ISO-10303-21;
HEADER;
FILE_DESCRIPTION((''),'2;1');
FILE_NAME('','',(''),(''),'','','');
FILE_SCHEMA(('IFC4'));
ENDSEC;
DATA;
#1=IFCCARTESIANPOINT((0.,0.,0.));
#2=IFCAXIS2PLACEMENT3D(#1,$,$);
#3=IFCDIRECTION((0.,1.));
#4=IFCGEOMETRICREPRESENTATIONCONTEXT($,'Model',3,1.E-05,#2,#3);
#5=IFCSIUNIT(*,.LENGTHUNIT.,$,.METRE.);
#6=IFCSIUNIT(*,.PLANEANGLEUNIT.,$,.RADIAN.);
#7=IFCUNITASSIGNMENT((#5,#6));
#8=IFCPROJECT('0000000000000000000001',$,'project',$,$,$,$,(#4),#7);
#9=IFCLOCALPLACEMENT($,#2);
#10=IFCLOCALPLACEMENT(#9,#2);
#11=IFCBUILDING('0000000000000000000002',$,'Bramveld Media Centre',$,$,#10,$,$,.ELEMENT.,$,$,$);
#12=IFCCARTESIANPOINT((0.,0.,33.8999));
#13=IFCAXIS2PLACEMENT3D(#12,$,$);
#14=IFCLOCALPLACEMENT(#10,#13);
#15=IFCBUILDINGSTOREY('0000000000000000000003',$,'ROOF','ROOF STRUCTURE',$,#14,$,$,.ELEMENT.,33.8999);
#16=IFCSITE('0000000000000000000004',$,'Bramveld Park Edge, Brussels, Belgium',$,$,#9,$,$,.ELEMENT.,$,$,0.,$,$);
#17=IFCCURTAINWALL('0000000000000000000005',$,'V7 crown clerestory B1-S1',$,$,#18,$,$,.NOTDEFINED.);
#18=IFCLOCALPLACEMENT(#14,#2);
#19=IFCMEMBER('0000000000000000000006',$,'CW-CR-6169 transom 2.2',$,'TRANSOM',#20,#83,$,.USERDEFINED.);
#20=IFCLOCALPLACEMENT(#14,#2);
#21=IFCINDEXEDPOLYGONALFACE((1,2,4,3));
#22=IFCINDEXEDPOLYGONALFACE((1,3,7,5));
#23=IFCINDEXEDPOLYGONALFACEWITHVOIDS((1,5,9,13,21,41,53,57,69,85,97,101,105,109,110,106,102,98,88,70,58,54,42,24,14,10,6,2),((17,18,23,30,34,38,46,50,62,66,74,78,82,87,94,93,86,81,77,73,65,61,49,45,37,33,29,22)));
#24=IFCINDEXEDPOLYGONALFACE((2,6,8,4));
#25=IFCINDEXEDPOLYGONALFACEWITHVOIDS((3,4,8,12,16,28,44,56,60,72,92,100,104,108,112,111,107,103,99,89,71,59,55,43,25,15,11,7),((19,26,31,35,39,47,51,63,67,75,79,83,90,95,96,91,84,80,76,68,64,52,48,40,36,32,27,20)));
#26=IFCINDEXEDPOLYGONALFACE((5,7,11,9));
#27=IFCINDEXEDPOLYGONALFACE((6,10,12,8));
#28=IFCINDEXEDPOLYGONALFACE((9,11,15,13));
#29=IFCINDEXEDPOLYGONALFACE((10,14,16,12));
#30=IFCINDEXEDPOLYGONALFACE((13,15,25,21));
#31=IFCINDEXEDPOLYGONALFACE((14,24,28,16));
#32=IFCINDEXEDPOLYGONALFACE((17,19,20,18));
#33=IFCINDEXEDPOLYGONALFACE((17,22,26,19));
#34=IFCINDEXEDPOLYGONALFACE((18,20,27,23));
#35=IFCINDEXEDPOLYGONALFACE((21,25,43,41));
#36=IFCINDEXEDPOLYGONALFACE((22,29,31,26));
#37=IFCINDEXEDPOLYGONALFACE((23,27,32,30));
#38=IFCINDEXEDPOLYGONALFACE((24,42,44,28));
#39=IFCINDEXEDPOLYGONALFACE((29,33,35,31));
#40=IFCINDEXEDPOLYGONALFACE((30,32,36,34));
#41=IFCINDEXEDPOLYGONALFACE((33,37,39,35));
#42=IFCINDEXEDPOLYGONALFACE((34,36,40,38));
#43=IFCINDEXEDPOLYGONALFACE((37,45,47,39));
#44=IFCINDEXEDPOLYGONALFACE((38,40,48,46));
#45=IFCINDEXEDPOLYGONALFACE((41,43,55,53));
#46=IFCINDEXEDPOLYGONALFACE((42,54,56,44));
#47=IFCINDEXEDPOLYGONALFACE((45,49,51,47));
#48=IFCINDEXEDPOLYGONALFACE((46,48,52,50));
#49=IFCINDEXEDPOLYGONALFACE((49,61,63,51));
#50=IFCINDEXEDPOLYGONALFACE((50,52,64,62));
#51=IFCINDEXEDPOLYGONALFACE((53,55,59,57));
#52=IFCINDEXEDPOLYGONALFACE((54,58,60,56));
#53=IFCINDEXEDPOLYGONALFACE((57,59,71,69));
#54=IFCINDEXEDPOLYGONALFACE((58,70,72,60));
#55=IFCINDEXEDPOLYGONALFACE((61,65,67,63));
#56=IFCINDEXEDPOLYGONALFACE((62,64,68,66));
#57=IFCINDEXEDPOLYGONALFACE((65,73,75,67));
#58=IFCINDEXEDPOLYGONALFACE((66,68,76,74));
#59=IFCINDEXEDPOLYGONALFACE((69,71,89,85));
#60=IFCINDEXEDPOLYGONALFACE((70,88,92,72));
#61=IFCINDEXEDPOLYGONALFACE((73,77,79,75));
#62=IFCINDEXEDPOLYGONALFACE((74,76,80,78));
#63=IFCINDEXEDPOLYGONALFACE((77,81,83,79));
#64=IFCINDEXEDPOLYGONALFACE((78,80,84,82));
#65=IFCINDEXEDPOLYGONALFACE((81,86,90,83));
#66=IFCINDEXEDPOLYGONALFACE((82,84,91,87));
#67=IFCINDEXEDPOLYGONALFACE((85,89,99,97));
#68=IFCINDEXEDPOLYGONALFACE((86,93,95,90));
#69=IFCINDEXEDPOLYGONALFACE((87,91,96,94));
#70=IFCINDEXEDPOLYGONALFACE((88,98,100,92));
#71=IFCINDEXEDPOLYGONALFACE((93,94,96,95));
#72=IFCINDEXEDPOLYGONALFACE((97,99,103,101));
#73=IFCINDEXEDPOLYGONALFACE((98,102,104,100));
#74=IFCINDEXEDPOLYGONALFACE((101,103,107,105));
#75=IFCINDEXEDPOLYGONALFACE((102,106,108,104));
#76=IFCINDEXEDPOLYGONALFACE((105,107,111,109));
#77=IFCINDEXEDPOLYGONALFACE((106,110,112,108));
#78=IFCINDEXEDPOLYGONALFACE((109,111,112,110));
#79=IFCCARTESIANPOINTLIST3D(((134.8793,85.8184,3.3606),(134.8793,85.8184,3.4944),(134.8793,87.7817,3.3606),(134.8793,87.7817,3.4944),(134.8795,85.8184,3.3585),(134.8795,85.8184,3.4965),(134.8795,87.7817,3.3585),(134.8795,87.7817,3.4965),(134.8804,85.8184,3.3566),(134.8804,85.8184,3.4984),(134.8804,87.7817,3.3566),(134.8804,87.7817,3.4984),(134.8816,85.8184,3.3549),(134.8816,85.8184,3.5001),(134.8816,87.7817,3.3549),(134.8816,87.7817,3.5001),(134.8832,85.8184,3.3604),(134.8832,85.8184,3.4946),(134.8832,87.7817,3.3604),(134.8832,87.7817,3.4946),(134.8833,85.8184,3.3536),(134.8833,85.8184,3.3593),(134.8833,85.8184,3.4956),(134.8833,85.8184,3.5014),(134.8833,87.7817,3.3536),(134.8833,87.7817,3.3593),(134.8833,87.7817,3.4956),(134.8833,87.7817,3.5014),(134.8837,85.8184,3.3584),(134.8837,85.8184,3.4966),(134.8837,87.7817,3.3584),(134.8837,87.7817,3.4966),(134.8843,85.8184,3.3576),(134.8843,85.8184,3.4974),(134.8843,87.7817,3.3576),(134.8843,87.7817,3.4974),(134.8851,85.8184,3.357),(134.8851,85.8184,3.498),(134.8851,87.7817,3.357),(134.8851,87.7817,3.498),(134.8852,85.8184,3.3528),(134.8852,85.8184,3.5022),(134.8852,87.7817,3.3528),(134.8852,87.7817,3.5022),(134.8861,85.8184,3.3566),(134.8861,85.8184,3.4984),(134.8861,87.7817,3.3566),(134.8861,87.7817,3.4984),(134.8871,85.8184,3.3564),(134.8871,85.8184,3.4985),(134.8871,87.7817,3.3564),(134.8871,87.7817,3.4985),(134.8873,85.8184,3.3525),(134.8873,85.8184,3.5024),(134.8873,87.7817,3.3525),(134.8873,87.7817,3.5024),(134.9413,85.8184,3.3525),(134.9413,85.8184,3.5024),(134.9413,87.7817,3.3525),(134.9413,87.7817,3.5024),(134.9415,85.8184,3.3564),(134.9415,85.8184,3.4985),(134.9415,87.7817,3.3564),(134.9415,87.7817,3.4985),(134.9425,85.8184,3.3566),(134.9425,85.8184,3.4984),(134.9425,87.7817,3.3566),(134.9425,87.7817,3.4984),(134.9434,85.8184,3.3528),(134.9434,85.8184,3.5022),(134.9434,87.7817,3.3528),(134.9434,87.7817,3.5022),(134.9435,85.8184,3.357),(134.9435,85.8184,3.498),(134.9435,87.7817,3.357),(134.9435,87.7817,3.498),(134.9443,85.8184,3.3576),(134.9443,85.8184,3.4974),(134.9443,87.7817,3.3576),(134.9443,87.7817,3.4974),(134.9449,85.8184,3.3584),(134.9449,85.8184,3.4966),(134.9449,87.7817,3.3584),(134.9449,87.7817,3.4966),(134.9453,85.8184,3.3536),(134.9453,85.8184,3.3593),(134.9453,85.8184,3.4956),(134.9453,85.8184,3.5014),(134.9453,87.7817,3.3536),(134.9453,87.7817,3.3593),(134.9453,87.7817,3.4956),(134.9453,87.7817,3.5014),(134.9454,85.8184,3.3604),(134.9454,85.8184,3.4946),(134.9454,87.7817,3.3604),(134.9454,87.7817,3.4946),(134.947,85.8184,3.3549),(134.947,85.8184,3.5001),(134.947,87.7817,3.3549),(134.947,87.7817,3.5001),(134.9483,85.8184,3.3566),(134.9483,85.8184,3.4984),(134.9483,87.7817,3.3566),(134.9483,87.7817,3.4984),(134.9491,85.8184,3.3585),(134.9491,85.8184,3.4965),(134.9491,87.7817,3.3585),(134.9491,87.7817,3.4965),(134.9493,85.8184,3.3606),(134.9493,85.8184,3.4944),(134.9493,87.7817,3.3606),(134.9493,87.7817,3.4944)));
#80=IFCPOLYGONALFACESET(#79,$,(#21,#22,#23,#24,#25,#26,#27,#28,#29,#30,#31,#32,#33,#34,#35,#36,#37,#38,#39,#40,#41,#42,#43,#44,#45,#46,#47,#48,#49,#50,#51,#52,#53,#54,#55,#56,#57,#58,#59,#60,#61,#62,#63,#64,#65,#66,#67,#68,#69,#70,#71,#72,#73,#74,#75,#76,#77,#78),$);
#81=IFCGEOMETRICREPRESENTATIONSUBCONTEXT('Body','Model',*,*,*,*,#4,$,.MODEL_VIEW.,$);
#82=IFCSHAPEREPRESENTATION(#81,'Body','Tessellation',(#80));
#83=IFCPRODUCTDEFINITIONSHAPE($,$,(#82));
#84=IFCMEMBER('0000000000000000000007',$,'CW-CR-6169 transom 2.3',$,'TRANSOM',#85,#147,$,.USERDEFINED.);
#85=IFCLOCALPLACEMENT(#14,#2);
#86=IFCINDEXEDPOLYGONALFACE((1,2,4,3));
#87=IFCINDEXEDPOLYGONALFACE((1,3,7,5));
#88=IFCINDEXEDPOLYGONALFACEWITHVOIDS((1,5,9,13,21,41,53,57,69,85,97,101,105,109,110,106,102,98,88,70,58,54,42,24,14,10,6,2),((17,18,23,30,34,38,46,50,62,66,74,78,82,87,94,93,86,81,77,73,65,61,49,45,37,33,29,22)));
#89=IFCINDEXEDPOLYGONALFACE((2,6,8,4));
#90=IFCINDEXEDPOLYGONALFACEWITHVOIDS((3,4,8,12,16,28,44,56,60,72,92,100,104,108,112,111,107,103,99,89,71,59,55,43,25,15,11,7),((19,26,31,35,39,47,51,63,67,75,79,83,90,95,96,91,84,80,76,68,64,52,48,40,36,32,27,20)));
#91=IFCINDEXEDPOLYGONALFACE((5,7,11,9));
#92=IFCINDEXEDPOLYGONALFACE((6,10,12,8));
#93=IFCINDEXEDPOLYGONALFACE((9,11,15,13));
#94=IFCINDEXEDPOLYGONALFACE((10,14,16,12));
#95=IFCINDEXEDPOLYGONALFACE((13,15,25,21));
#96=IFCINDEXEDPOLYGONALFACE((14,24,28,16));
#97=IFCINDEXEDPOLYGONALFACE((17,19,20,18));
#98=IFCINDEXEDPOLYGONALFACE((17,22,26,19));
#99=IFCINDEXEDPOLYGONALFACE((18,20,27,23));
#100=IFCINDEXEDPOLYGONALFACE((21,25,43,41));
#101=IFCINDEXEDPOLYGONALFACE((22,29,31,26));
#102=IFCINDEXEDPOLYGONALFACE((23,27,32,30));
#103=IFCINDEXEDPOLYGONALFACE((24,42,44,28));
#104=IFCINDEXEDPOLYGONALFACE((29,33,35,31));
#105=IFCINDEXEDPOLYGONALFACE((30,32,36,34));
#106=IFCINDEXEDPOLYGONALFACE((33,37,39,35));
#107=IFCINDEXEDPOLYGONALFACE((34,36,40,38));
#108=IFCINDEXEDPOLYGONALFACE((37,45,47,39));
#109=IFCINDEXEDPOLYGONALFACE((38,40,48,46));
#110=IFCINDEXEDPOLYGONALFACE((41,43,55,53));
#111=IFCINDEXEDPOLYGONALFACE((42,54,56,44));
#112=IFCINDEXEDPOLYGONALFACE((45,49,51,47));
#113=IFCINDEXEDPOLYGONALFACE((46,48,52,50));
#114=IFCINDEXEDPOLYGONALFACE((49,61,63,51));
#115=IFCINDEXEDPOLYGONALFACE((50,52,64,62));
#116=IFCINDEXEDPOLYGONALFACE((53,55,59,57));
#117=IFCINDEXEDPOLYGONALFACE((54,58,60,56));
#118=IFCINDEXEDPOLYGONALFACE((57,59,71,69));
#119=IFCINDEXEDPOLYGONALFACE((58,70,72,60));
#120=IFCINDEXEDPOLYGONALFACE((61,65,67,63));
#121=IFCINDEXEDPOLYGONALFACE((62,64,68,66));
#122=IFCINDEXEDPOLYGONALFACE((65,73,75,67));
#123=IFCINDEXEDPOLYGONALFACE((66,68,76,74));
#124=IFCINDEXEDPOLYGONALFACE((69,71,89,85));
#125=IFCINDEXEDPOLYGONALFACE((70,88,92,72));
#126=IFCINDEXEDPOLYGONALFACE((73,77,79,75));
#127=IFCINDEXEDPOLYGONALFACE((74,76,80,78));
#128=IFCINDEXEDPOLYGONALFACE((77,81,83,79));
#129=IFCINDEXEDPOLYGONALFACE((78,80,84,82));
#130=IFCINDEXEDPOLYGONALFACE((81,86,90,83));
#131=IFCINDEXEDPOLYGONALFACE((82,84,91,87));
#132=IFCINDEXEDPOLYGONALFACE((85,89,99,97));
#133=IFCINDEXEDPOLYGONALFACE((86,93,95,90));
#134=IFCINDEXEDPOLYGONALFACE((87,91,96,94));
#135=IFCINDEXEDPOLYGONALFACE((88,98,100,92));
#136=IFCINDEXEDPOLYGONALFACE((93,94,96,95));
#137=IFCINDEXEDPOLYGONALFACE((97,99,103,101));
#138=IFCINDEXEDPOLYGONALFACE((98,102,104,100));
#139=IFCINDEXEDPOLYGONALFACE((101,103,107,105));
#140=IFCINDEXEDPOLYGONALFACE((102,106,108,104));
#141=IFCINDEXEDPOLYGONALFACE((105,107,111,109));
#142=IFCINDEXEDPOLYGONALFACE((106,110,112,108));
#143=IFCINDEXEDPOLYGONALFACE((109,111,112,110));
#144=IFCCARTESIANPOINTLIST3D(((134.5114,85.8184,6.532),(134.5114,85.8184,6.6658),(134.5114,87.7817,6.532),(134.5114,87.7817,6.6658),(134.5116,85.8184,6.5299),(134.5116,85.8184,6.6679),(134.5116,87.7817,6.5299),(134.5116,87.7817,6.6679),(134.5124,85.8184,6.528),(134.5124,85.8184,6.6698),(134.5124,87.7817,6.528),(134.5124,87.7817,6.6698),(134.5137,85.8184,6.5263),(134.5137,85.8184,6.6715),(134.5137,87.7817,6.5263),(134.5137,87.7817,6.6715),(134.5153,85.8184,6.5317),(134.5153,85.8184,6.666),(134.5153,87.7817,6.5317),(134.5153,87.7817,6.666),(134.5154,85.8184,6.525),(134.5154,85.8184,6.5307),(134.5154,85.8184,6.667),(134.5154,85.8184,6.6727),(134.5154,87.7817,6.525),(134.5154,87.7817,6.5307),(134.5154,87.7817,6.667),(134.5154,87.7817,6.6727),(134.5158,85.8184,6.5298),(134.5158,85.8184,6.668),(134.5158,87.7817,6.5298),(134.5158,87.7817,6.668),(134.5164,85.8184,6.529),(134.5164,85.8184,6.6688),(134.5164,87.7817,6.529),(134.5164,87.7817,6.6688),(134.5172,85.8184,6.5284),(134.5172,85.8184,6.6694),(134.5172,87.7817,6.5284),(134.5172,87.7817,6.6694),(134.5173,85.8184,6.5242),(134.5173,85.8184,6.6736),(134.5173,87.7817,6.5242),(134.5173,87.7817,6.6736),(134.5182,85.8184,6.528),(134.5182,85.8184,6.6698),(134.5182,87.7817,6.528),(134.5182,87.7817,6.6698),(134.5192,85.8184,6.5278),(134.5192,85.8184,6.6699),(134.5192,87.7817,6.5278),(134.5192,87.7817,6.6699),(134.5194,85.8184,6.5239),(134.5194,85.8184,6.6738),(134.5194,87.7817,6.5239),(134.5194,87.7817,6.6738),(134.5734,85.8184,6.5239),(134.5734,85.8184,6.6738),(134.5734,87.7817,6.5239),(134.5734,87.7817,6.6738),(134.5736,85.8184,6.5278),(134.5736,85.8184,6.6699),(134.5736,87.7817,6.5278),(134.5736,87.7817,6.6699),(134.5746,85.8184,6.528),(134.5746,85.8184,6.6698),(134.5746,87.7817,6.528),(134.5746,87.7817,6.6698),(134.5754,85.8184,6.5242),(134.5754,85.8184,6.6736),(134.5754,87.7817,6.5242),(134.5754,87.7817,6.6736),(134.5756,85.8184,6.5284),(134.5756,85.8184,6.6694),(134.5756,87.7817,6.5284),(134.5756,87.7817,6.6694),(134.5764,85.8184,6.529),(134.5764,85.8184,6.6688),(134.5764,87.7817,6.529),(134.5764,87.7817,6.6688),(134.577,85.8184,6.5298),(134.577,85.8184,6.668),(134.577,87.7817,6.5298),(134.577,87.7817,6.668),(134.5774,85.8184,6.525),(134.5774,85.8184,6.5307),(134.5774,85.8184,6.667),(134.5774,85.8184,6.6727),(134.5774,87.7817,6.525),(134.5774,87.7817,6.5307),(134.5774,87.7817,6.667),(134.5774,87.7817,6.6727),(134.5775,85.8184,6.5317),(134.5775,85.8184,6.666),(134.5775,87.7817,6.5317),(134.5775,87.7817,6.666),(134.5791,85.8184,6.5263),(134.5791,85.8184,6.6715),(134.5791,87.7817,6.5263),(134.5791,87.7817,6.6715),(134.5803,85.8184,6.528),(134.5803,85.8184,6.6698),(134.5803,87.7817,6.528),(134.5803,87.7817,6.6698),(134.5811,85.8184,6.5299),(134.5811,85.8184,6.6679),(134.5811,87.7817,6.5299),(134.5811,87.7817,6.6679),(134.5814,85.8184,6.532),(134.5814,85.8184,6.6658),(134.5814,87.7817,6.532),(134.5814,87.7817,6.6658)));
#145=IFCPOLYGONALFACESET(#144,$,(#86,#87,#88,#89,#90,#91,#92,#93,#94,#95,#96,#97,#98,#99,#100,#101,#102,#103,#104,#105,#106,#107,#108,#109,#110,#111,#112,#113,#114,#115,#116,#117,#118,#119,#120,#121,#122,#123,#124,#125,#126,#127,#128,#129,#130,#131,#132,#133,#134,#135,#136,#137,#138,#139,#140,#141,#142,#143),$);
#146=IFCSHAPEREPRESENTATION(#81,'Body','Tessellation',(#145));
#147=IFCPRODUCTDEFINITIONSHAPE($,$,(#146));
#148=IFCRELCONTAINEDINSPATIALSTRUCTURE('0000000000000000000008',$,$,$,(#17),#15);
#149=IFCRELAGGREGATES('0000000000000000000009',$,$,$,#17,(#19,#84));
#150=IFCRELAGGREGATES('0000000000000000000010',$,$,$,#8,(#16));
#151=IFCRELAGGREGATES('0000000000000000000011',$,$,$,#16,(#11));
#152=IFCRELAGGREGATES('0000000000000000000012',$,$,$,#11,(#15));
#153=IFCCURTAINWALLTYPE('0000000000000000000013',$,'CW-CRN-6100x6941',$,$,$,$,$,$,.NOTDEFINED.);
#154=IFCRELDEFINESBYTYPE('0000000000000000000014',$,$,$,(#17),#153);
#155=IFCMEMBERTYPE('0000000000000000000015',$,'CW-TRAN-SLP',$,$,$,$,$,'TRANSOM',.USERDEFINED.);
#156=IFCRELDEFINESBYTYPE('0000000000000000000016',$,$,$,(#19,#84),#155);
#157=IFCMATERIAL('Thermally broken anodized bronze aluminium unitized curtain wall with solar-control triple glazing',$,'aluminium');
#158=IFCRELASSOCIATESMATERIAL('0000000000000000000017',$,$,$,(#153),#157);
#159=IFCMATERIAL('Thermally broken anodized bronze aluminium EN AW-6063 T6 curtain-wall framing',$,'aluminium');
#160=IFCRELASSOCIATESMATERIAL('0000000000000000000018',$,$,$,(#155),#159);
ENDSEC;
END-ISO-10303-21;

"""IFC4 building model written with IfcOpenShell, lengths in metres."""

from ifc_helpers import new_model, si_unit, direction, frame, origin, origin_2d, place, context, subcontext, project, spatial, hollow_rectangle, extrude, material, material_profile, profile_set, type_object, element, aggregate, save


model = new_model("IFC4")

# Units and contexts
model_context = context("Model", 3, precision=1e-05, world=origin(), true_north=direction((0.0, 1.0)))
body_context = subcontext(model_context, "Body", "Model", "MODEL_VIEW")
ifc_project = project(units=[si_unit("LENGTHUNIT", "METRE"), si_unit("PLANEANGLEUNIT", "RADIAN")], contexts=[model_context])

# Site, building, storey
site_placement = place(None, origin())
site = spatial("IfcSite", under=ifc_project, at=site_placement, Name="Bramveld Park Edge, Brussels, Belgium", CompositionType="ELEMENT", RefElevation=0.0)
building_placement = place(site_placement, origin())
building = spatial("IfcBuilding", under=site, at=building_placement, Name="Bramveld Media Centre", CompositionType="ELEMENT")
storey_placement = place(building_placement, frame((0.0, 0.0, 33.8999)))
storey = spatial("IfcBuildingStorey", under=building, at=storey_placement, Name="ROOF", Description="ROOF STRUCTURE", CompositionType="ELEMENT", Elevation=33.8999)

# Curtain wall, members
ifc_material_1 = material(Name="Thermally broken anodized bronze aluminium unitized curtain wall with solar-control triple glazing", Category="aluminium")
curtain_wall_type = type_object("IfcCurtainWallType", Name="CW-CRN-6100x6941", PredefinedType="NOTDEFINED", material=ifc_material_1)
curtain_wall_placement = place(storey_placement, origin())
curtain_wall = element("IfcCurtainWall", 1, at=curtain_wall_placement, inside=storey, type_object=curtain_wall_type, Name="V7 crown clerestory B1-S1", PredefinedType="NOTDEFINED")
ifc_material_2 = material(Name="Thermally broken anodized bronze aluminium EN AW-6063 T6 curtain-wall framing", Category="aluminium")
ifc_material_profile_1 = material_profile(ifc_material_2, hollow_rectangle(XDim=0.0701, YDim=0.1499, WallThickness=0.0039, InnerFilletRadius=0.0039, OuterFilletRadius=0.0081, at=origin_2d()), Name="AL-TRAN 70x150")
ifc_profile_set_1 = profile_set([ifc_material_profile_1], Name="Thermally broken anodized bronze aluminium EN AW-6063 T6 curtain-wall framing")
member_type_1 = type_object("IfcMemberType", Name="CW-TRAN-SLP", ElementType="TRANSOM", PredefinedType="USERDEFINED", material=ifc_profile_set_1)
member_1_placement = place(storey_placement, frame((134.9143, 85.8184, 3.4275), z_axis=(0.0, 1.0, 0.0), x_axis=(-1.0, 0.0, 0.0)))
member_1 = element("IfcMember", 2, at=member_1_placement, type_object=member_type_1, Name="CW-CR-6169 transom 2.2", ObjectType="TRANSOM", PredefinedType="USERDEFINED", context=body_context, shape_type="SweptSolid", body=[
    extrude(hollow_rectangle(XDim=0.0701, YDim=0.1499, WallThickness=0.0039, InnerFilletRadius=0.0039, OuterFilletRadius=0.0081, at=origin_2d()), origin(), (0.0, 0.0, 1.0), 1.9634),
])
member_2_placement = place(storey_placement, frame((134.5464, 85.8184, 6.5989), z_axis=(0.0, 1.0, 0.0), x_axis=(-1.0, 0.0, 0.0)))
member_2 = element("IfcMember", 3, at=member_2_placement, type_object=member_type_1, Name="CW-CR-6169 transom 2.3", ObjectType="TRANSOM", PredefinedType="USERDEFINED", context=body_context, shape_type="SweptSolid", body=[
    extrude(hollow_rectangle(XDim=0.0701, YDim=0.1499, WallThickness=0.0039, InnerFilletRadius=0.0039, OuterFilletRadius=0.0081, at=origin_2d()), origin(), (0.0, 0.0, 1.0), 1.9634),
])

aggregate(curtain_wall, [member_1, member_2])

save(model, "model.ifc")
